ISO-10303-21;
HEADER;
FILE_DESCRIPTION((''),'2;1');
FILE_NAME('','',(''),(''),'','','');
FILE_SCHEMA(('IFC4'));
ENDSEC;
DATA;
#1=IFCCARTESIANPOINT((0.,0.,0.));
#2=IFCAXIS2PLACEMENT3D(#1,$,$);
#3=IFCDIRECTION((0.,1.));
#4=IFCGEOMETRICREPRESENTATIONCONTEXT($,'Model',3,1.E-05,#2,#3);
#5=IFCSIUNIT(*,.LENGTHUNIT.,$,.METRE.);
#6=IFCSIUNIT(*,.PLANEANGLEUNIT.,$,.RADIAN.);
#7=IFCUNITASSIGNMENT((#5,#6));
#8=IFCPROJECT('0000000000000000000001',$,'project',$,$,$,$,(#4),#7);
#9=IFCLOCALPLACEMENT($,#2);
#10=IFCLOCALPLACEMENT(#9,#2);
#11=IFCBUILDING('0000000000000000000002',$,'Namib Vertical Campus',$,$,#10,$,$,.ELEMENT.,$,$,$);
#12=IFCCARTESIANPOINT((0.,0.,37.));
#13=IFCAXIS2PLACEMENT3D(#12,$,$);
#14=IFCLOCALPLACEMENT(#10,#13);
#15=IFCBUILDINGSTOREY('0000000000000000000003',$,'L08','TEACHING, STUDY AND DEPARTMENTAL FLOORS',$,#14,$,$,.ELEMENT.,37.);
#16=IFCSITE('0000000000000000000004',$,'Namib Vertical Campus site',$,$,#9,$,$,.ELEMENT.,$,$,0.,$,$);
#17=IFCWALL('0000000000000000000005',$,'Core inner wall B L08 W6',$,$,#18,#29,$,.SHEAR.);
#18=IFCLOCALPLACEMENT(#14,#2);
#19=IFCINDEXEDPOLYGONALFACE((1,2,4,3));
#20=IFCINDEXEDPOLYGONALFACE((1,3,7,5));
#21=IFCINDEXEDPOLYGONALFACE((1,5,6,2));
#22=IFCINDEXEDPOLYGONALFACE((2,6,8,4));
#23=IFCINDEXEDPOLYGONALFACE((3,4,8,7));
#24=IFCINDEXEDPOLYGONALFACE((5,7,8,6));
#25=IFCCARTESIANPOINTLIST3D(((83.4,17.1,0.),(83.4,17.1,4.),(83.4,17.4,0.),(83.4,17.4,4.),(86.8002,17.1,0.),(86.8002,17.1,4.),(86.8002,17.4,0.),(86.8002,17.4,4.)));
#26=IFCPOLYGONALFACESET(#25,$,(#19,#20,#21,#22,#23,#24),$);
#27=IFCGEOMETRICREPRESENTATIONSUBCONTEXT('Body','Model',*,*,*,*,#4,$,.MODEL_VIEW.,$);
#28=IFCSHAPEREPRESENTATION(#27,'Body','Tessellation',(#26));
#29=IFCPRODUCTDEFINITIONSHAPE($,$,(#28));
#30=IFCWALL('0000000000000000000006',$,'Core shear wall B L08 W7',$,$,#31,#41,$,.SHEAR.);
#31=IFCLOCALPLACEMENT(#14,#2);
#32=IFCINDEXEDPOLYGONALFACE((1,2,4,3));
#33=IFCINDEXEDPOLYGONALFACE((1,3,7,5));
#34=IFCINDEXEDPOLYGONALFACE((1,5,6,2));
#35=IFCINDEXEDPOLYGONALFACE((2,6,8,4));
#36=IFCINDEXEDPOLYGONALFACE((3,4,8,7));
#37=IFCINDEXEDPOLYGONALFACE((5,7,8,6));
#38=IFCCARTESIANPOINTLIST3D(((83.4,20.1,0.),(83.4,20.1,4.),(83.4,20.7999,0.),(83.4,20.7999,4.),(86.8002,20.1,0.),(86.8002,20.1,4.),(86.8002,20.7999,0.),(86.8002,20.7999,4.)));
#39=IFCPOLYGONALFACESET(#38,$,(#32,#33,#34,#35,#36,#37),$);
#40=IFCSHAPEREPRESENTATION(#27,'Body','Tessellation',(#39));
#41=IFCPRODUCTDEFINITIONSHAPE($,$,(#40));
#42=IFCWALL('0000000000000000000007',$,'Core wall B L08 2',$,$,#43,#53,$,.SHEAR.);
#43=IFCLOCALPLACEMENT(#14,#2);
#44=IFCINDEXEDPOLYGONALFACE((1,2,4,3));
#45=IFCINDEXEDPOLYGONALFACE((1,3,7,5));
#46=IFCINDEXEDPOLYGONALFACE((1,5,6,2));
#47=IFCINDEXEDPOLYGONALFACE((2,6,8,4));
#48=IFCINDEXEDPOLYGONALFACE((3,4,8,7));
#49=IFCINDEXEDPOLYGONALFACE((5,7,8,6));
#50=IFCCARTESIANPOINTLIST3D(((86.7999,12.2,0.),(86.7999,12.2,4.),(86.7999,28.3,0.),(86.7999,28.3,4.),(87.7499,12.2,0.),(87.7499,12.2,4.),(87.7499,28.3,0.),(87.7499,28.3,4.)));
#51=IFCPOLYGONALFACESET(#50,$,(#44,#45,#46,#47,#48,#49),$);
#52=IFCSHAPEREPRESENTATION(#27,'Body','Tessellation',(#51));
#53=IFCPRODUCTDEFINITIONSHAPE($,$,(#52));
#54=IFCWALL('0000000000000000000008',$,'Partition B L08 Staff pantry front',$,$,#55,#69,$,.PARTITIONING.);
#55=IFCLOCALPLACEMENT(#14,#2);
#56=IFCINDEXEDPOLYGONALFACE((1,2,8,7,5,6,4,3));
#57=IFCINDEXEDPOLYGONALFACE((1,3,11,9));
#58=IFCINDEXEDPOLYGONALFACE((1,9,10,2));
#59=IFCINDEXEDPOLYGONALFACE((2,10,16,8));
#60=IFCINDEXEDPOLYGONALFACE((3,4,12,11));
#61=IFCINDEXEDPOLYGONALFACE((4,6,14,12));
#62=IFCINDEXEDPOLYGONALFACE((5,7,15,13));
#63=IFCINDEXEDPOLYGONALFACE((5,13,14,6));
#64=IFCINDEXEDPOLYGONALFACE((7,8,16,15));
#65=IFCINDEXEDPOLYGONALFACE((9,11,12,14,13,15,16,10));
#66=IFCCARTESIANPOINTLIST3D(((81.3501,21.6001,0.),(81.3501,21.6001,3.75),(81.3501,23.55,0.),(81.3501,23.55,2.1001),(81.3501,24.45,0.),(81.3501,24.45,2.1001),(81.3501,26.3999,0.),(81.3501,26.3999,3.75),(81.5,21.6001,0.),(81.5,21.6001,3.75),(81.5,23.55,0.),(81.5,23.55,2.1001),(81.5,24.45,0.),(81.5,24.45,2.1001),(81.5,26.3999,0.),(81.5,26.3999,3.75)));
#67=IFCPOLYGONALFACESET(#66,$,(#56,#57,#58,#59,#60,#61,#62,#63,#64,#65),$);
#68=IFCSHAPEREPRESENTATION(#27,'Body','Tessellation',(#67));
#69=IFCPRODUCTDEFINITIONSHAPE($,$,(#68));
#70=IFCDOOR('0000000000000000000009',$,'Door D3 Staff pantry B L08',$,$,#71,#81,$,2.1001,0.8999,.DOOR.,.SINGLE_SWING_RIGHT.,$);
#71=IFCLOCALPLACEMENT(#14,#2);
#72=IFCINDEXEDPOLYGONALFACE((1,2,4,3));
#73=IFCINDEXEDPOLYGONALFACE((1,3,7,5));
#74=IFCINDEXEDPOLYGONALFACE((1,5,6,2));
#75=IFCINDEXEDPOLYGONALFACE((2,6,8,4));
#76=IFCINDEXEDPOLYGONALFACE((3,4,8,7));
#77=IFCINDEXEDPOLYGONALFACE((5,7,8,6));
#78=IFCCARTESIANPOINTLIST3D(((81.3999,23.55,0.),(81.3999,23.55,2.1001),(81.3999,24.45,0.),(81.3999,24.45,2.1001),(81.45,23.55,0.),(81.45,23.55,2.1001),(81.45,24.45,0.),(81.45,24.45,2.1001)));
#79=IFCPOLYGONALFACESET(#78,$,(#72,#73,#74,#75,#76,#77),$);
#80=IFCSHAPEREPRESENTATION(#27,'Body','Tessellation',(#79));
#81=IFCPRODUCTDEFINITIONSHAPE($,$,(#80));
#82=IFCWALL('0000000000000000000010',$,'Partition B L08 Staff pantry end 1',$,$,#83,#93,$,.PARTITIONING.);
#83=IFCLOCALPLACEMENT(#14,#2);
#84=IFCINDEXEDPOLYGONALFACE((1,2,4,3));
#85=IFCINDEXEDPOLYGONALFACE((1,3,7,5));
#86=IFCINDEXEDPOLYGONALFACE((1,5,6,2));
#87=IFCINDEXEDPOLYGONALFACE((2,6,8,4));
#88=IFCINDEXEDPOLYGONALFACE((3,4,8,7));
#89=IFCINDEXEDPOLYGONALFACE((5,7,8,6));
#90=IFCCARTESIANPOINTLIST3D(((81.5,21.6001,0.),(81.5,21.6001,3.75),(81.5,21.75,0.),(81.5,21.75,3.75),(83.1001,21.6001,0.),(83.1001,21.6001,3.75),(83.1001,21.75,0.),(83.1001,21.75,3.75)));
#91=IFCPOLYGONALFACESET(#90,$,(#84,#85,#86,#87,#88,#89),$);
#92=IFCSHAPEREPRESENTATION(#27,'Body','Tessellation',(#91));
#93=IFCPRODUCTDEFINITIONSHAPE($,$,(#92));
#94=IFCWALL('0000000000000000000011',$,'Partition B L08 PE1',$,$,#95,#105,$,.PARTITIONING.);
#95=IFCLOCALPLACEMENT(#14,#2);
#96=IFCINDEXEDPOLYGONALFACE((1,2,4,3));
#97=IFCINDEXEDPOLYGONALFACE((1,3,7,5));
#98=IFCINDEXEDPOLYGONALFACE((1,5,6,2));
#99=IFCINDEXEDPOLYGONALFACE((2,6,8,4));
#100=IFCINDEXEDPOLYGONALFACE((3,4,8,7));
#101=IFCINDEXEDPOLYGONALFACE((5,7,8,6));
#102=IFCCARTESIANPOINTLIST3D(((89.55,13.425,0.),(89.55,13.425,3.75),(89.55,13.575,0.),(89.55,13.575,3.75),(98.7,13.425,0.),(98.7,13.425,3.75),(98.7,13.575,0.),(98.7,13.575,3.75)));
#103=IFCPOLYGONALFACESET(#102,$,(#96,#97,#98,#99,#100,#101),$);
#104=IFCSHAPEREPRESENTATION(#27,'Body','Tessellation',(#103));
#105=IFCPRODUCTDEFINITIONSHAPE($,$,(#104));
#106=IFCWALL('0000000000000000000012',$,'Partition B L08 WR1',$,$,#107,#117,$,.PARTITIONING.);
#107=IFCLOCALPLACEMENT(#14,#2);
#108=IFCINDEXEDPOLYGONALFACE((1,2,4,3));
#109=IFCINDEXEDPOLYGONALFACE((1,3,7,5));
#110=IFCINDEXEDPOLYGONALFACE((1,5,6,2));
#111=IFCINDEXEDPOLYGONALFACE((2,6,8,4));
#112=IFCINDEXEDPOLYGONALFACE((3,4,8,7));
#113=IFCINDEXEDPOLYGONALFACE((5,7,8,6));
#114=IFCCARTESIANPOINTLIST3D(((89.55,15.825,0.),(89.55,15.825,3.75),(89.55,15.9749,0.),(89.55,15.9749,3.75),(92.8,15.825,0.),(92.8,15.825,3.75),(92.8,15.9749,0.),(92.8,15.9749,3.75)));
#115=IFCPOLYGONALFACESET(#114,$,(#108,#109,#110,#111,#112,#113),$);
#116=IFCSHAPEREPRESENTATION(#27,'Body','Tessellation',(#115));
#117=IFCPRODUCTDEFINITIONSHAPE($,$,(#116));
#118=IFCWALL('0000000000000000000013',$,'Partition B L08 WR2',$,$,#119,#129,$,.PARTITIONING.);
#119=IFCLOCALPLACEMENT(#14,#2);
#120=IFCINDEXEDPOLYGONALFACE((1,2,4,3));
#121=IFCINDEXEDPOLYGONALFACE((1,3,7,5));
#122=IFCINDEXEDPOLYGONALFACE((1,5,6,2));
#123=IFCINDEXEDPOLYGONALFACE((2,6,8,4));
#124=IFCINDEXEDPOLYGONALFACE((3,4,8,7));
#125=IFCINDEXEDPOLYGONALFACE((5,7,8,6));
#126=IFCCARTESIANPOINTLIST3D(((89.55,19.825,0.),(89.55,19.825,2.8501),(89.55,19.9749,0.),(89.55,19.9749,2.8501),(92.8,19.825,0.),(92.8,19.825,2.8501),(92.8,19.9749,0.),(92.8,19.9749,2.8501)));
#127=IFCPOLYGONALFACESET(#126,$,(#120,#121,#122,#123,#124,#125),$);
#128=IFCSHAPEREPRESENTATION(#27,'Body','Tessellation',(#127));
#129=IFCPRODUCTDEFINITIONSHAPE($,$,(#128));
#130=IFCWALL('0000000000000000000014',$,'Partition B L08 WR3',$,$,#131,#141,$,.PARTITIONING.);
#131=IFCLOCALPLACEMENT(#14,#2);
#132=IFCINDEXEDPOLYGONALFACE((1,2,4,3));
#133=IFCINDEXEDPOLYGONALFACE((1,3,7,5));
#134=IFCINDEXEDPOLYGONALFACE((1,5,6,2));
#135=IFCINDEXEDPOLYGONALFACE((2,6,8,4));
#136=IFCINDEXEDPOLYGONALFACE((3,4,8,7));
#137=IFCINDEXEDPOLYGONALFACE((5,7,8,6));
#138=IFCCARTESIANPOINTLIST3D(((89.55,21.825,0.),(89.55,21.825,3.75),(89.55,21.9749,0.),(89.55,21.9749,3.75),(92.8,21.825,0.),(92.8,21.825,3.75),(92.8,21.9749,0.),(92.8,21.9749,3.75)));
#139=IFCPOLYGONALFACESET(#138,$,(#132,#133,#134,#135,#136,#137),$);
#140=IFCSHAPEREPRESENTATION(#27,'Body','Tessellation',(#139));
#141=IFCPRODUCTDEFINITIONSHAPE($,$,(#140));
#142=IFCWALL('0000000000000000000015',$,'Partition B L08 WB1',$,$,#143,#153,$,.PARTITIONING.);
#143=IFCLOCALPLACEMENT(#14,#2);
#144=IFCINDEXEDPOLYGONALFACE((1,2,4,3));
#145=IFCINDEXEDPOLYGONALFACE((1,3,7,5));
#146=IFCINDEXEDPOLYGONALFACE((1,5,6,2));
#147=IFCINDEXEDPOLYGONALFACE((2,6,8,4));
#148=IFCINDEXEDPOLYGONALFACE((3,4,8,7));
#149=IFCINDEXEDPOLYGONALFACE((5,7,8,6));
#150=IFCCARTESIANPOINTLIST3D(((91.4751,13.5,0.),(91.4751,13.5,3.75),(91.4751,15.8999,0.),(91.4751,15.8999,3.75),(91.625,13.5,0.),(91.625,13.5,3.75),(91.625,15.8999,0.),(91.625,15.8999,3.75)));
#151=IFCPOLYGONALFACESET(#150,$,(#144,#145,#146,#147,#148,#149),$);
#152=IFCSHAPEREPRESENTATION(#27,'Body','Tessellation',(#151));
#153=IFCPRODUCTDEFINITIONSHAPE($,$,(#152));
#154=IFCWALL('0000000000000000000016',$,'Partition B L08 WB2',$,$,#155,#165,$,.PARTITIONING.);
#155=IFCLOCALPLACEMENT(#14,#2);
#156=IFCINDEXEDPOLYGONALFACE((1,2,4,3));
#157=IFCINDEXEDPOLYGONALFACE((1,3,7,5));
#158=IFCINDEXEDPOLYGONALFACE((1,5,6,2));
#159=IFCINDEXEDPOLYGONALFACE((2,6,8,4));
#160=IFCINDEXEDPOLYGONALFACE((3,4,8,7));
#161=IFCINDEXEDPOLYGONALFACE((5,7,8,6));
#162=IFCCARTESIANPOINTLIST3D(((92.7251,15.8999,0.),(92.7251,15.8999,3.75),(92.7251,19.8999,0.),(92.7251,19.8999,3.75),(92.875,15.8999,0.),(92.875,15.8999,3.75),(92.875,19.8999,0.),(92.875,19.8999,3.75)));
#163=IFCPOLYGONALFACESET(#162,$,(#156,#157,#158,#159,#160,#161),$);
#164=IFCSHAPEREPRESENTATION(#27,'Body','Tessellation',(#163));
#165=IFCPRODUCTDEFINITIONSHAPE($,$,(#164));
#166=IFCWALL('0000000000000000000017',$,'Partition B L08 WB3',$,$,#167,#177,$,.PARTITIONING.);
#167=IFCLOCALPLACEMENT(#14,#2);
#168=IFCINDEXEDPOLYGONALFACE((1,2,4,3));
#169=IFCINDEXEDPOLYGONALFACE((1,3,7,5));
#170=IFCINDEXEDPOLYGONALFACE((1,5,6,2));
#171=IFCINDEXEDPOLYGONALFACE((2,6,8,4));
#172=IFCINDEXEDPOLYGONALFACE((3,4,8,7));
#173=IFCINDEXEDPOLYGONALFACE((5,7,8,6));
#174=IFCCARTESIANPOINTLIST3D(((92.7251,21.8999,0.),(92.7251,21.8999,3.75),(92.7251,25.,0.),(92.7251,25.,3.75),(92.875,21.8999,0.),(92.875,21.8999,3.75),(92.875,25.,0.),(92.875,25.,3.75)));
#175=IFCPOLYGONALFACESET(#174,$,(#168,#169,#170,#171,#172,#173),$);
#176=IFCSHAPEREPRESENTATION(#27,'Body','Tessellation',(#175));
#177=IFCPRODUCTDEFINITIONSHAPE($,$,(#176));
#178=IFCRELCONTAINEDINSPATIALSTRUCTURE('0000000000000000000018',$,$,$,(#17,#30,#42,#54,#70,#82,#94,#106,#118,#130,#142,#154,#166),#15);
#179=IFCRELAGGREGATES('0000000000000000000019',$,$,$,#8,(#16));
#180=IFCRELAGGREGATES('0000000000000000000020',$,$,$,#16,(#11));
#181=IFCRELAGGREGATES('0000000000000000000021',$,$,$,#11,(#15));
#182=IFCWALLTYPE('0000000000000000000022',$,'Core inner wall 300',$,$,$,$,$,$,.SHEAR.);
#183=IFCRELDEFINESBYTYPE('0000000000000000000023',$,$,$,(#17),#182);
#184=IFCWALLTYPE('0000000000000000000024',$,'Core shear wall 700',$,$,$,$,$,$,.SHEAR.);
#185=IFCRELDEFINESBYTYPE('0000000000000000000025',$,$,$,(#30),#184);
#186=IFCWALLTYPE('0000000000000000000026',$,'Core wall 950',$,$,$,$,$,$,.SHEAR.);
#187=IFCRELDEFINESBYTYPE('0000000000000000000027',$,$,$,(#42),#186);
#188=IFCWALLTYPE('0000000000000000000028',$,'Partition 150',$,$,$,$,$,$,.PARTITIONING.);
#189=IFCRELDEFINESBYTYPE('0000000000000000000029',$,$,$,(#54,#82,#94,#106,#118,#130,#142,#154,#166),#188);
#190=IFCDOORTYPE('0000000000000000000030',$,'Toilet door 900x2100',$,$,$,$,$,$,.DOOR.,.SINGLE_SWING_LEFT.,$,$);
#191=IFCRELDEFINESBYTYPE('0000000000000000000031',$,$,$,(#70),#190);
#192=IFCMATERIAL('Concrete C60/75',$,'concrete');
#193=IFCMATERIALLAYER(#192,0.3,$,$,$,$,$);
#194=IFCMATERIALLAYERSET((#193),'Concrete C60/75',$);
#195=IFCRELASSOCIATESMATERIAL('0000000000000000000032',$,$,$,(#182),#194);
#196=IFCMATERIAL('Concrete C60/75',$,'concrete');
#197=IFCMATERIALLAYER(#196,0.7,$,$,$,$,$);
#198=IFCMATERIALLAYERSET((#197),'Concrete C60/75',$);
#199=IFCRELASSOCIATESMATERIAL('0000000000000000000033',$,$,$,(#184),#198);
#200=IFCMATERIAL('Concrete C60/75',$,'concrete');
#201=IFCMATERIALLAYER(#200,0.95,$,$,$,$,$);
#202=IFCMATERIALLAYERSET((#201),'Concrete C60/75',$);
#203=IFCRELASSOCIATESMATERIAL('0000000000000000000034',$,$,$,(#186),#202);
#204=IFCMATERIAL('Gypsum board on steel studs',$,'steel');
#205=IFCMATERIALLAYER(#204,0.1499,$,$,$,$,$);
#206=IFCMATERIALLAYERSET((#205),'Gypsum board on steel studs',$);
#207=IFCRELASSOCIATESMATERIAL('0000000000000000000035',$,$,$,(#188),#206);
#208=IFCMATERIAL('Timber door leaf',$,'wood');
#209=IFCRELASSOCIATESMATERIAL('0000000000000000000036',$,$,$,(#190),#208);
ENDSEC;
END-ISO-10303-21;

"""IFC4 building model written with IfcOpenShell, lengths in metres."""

from ifc_helpers import new_model, si_unit, direction, frame, frame_2d, origin, place, context, subcontext, project, spatial, rectangle, extrude, material, layer, layer_set, type_object, element, fill, save


model = new_model("IFC4")

# Units and contexts
model_context = context("Model", 3, precision=1e-05, world=origin(), true_north=direction((0.0, 1.0)))
body_context = subcontext(model_context, "Body", "Model", "MODEL_VIEW")
ifc_project = project(units=[si_unit("LENGTHUNIT", "METRE"), si_unit("PLANEANGLEUNIT", "RADIAN")], contexts=[model_context])

# Site, building, storey
site_placement = place(None, origin())
site = spatial("IfcSite", under=ifc_project, at=site_placement, Name="Namib Vertical Campus site", CompositionType="ELEMENT", RefElevation=0.0)
building_placement = place(site_placement, origin())
building = spatial("IfcBuilding", under=site, at=building_placement, Name="Namib Vertical Campus", CompositionType="ELEMENT")
storey_placement = place(building_placement, frame((0.0, 0.0, 37.0)))
storey = spatial("IfcBuildingStorey", under=building, at=storey_placement, Name="L08", Description="TEACHING, STUDY AND DEPARTMENTAL FLOORS", CompositionType="ELEMENT", Elevation=37.0)

# Shared definitions
ifc_material_1 = material(Name="Concrete C60/75", Category="concrete")
ifc_layer_1 = layer(ifc_material_1, 0.3)
ifc_layer_set_1 = layer_set([ifc_layer_1], Name="Concrete C60/75")
wall_type_1 = type_object("IfcWallType", Name="Core inner wall 300", PredefinedType="SHEAR", material=ifc_layer_set_1)

# Walls
for number, where, z_axis, x_axis, name in (
    (1, (83.3999, 17.25, 0.0), (0.0, 0.0, 1.0), (1.0, 0.0, 0.0), "Core inner wall B L08 W6"),
):
    element("IfcWall", number, at=place(storey_placement, frame(where, z_axis=z_axis, x_axis=x_axis)), inside=storey, type_object=wall_type_1, Name=name, PredefinedType="SHEAR", context=body_context, shape_type="SweptSolid", body=[
        extrude(rectangle(XDim=3.4001, YDim=0.3, at=frame_2d((1.7002, 0.0))), origin(), (0.0, 0.0, 1.0), 4.0),
    ])
ifc_material_2 = material(Name="Concrete C60/75", Category="concrete")
ifc_layer_2 = layer(ifc_material_2, 0.7)
ifc_layer_set_2 = layer_set([ifc_layer_2], Name="Concrete C60/75")
wall_type_2 = type_object("IfcWallType", Name="Core shear wall 700", PredefinedType="SHEAR", material=ifc_layer_set_2)
wall_1_placement = place(storey_placement, frame((83.3999, 20.45, 0.0), z_axis=(0.0, 0.0, 1.0), x_axis=(1.0, 0.0, 0.0)))
element("IfcWall", 2, at=wall_1_placement, inside=storey, type_object=wall_type_2, Name="Core shear wall B L08 W7", PredefinedType="SHEAR", context=body_context, shape_type="SweptSolid", body=[
    extrude(rectangle(XDim=3.4001, YDim=0.7, at=frame_2d((1.7002, 0.0))), origin(), (0.0, 0.0, 1.0), 4.0),
])
ifc_material_3 = material(Name="Concrete C60/75", Category="concrete")
ifc_layer_3 = layer(ifc_material_3, 0.95)
ifc_layer_set_3 = layer_set([ifc_layer_3], Name="Concrete C60/75")
wall_type_3 = type_object("IfcWallType", Name="Core wall 950", PredefinedType="SHEAR", material=ifc_layer_set_3)
wall_2_placement = place(storey_placement, frame((87.2749, 12.2, 0.0), z_axis=(0.0, 0.0, 1.0), x_axis=(0.0, 1.0, 0.0)))
element("IfcWall", 3, at=wall_2_placement, inside=storey, type_object=wall_type_3, Name="Core wall B L08 2", PredefinedType="SHEAR", context=body_context, shape_type="SweptSolid", body=[
    extrude(rectangle(XDim=16.1001, YDim=0.95, at=frame_2d((8.05, 0.0))), origin(), (0.0, 0.0, 1.0), 4.0),
])

# Wall, opening, door
ifc_material_4 = material(Name="Gypsum board on steel studs", Category="steel")
ifc_layer_4 = layer(ifc_material_4, 0.1499)
ifc_layer_set_4 = layer_set([ifc_layer_4], Name="Gypsum board on steel studs")
wall_type_4 = type_object("IfcWallType", Name="Partition 150", PredefinedType="PARTITIONING", material=ifc_layer_set_4)
wall_3_placement = place(storey_placement, frame((81.425, 21.6001, 0.0), z_axis=(0.0, 0.0, 1.0), x_axis=(0.0, 1.0, 0.0)))
wall_3 = element("IfcWall", 4, at=wall_3_placement, inside=storey, type_object=wall_type_4, Name="Partition B L08 Staff pantry front", PredefinedType="PARTITIONING", context=body_context, shape_type="SweptSolid", body=[
    extrude(rectangle(XDim=4.7998, YDim=0.1499, at=frame_2d((2.3999, 0.0))), origin(), (0.0, 0.0, 1.0), 3.75),
])
opening_1_placement = place(wall_3_placement, frame((1.95, 0.0, 0.0)))
opening_1 = element("IfcOpeningElement", 5, at=opening_1_placement, cuts=wall_3, PredefinedType="OPENING", context=body_context, shape_type="SweptSolid", body=[
    extrude(rectangle(XDim=0.8999, YDim=2.1001, at=frame_2d((0.45, 1.05))), frame((0.0, 0.085, 0.0), z_axis=(0.0, -1.0, 0.0), x_axis=(1.0, 0.0, 0.0)), (0.0, 0.0, 1.0), 0.1699),
])
ifc_material_5 = material(Name="Timber door leaf", Category="wood")
door_type_1 = type_object("IfcDoorType", Name="Toilet door 900x2100", OperationType="SINGLE_SWING_LEFT", PredefinedType="DOOR", material=ifc_material_5)
door_1_placement = place(opening_1_placement, frame((0.8999, 0.0, 0.0), z_axis=(0.0, 0.0, 1.0), x_axis=(-1.0, 0.0, 0.0)))
door_1 = element("IfcDoor", 6, at=door_1_placement, inside=storey, type_object=door_type_1, Name="Door D3 Staff pantry B L08", OperationType="SINGLE_SWING_RIGHT", OverallHeight=2.1001, OverallWidth=0.8999, PredefinedType="DOOR", context=body_context, shape_type="SweptSolid", body=[
    extrude(rectangle(XDim=0.8999, YDim=2.1001, at=frame_2d((0.45, 1.05))), frame((0.0, 0.0249, 0.0), z_axis=(0.0, -1.0, 0.0), x_axis=(1.0, 0.0, 0.0)), (0.0, 0.0, 1.0), 0.05),
])
fill(opening_1, door_1)

# Walls
wall_4_placement = place(storey_placement, frame((81.5, 21.675, 0.0), z_axis=(0.0, 0.0, 1.0), x_axis=(1.0, 0.0, 0.0)))
element("IfcWall", 7, at=wall_4_placement, inside=storey, type_object=wall_type_4, Name="Partition B L08 Staff pantry end 1", PredefinedType="PARTITIONING", context=body_context, shape_type="SweptSolid", body=[
    extrude(rectangle(XDim=1.6001, YDim=0.1499, at=frame_2d((0.8, 0.0))), origin(), (0.0, 0.0, 1.0), 3.75),
])
wall_5_placement = place(storey_placement, frame((89.55, 13.5, 0.0), z_axis=(0.0, 0.0, 1.0), x_axis=(1.0, 0.0, 0.0)))
element("IfcWall", 8, at=wall_5_placement, inside=storey, type_object=wall_type_4, Name="Partition B L08 PE1", PredefinedType="PARTITIONING", context=body_context, shape_type="SweptSolid", body=[
    extrude(rectangle(XDim=9.1499, YDim=0.1499, at=frame_2d((4.575, 0.0))), origin(), (0.0, 0.0, 1.0), 3.75),
])
wall_6_placement = place(storey_placement, frame((89.55, 15.8999, 0.0), z_axis=(0.0, 0.0, 1.0), x_axis=(1.0, 0.0, 0.0)))
element("IfcWall", 9, at=wall_6_placement, inside=storey, type_object=wall_type_4, Name="Partition B L08 WR1", PredefinedType="PARTITIONING", context=body_context, shape_type="SweptSolid", body=[
    extrude(rectangle(XDim=3.25, YDim=0.1499, at=frame_2d((1.625, 0.0))), origin(), (0.0, 0.0, 1.0), 3.75),
])
wall_7_placement = place(storey_placement, frame((89.55, 19.8999, 0.0), z_axis=(0.0, 0.0, 1.0), x_axis=(1.0, 0.0, 0.0)))
element("IfcWall", 10, at=wall_7_placement, inside=storey, type_object=wall_type_4, Name="Partition B L08 WR2", PredefinedType="PARTITIONING", context=body_context, shape_type="SweptSolid", body=[
    extrude(rectangle(XDim=3.25, YDim=0.1499, at=frame_2d((1.625, 0.0))), origin(), (0.0, 0.0, 1.0), 2.8501),
])
wall_8_placement = place(storey_placement, frame((89.55, 21.8999, 0.0), z_axis=(0.0, 0.0, 1.0), x_axis=(1.0, 0.0, 0.0)))
element("IfcWall", 11, at=wall_8_placement, inside=storey, type_object=wall_type_4, Name="Partition B L08 WR3", PredefinedType="PARTITIONING", context=body_context, shape_type="SweptSolid", body=[
    extrude(rectangle(XDim=3.25, YDim=0.1499, at=frame_2d((1.625, 0.0))), origin(), (0.0, 0.0, 1.0), 3.75),
])
wall_9_placement = place(storey_placement, frame((91.55, 13.5, 0.0), z_axis=(0.0, 0.0, 1.0), x_axis=(0.0, 1.0, 0.0)))
element("IfcWall", 12, at=wall_9_placement, inside=storey, type_object=wall_type_4, Name="Partition B L08 WB1", PredefinedType="PARTITIONING", context=body_context, shape_type="SweptSolid", body=[
    extrude(rectangle(XDim=2.3999, YDim=0.1499, at=frame_2d((1.2, 0.0))), origin(), (0.0, 0.0, 1.0), 3.75),
])
wall_10_placement = place(storey_placement, frame((92.8, 15.8999, 0.0), z_axis=(0.0, 0.0, 1.0), x_axis=(0.0, 1.0, 0.0)))
element("IfcWall", 13, at=wall_10_placement, inside=storey, type_object=wall_type_4, Name="Partition B L08 WB2", PredefinedType="PARTITIONING", context=body_context, shape_type="SweptSolid", body=[
    extrude(rectangle(XDim=4.0, YDim=0.1499, at=frame_2d((2.0, 0.0))), origin(), (0.0, 0.0, 1.0), 3.75),
])
wall_11_placement = place(storey_placement, frame((92.8, 21.8999, 0.0), z_axis=(0.0, 0.0, 1.0), x_axis=(0.0, 1.0, 0.0)))
element("IfcWall", 14, at=wall_11_placement, inside=storey, type_object=wall_type_4, Name="Partition B L08 WB3", PredefinedType="PARTITIONING", context=body_context, shape_type="SweptSolid", body=[
    extrude(rectangle(XDim=3.1001, YDim=0.1499, at=frame_2d((1.55, 0.0))), origin(), (0.0, 0.0, 1.0), 3.75),
])

save(model, "model.ifc")
